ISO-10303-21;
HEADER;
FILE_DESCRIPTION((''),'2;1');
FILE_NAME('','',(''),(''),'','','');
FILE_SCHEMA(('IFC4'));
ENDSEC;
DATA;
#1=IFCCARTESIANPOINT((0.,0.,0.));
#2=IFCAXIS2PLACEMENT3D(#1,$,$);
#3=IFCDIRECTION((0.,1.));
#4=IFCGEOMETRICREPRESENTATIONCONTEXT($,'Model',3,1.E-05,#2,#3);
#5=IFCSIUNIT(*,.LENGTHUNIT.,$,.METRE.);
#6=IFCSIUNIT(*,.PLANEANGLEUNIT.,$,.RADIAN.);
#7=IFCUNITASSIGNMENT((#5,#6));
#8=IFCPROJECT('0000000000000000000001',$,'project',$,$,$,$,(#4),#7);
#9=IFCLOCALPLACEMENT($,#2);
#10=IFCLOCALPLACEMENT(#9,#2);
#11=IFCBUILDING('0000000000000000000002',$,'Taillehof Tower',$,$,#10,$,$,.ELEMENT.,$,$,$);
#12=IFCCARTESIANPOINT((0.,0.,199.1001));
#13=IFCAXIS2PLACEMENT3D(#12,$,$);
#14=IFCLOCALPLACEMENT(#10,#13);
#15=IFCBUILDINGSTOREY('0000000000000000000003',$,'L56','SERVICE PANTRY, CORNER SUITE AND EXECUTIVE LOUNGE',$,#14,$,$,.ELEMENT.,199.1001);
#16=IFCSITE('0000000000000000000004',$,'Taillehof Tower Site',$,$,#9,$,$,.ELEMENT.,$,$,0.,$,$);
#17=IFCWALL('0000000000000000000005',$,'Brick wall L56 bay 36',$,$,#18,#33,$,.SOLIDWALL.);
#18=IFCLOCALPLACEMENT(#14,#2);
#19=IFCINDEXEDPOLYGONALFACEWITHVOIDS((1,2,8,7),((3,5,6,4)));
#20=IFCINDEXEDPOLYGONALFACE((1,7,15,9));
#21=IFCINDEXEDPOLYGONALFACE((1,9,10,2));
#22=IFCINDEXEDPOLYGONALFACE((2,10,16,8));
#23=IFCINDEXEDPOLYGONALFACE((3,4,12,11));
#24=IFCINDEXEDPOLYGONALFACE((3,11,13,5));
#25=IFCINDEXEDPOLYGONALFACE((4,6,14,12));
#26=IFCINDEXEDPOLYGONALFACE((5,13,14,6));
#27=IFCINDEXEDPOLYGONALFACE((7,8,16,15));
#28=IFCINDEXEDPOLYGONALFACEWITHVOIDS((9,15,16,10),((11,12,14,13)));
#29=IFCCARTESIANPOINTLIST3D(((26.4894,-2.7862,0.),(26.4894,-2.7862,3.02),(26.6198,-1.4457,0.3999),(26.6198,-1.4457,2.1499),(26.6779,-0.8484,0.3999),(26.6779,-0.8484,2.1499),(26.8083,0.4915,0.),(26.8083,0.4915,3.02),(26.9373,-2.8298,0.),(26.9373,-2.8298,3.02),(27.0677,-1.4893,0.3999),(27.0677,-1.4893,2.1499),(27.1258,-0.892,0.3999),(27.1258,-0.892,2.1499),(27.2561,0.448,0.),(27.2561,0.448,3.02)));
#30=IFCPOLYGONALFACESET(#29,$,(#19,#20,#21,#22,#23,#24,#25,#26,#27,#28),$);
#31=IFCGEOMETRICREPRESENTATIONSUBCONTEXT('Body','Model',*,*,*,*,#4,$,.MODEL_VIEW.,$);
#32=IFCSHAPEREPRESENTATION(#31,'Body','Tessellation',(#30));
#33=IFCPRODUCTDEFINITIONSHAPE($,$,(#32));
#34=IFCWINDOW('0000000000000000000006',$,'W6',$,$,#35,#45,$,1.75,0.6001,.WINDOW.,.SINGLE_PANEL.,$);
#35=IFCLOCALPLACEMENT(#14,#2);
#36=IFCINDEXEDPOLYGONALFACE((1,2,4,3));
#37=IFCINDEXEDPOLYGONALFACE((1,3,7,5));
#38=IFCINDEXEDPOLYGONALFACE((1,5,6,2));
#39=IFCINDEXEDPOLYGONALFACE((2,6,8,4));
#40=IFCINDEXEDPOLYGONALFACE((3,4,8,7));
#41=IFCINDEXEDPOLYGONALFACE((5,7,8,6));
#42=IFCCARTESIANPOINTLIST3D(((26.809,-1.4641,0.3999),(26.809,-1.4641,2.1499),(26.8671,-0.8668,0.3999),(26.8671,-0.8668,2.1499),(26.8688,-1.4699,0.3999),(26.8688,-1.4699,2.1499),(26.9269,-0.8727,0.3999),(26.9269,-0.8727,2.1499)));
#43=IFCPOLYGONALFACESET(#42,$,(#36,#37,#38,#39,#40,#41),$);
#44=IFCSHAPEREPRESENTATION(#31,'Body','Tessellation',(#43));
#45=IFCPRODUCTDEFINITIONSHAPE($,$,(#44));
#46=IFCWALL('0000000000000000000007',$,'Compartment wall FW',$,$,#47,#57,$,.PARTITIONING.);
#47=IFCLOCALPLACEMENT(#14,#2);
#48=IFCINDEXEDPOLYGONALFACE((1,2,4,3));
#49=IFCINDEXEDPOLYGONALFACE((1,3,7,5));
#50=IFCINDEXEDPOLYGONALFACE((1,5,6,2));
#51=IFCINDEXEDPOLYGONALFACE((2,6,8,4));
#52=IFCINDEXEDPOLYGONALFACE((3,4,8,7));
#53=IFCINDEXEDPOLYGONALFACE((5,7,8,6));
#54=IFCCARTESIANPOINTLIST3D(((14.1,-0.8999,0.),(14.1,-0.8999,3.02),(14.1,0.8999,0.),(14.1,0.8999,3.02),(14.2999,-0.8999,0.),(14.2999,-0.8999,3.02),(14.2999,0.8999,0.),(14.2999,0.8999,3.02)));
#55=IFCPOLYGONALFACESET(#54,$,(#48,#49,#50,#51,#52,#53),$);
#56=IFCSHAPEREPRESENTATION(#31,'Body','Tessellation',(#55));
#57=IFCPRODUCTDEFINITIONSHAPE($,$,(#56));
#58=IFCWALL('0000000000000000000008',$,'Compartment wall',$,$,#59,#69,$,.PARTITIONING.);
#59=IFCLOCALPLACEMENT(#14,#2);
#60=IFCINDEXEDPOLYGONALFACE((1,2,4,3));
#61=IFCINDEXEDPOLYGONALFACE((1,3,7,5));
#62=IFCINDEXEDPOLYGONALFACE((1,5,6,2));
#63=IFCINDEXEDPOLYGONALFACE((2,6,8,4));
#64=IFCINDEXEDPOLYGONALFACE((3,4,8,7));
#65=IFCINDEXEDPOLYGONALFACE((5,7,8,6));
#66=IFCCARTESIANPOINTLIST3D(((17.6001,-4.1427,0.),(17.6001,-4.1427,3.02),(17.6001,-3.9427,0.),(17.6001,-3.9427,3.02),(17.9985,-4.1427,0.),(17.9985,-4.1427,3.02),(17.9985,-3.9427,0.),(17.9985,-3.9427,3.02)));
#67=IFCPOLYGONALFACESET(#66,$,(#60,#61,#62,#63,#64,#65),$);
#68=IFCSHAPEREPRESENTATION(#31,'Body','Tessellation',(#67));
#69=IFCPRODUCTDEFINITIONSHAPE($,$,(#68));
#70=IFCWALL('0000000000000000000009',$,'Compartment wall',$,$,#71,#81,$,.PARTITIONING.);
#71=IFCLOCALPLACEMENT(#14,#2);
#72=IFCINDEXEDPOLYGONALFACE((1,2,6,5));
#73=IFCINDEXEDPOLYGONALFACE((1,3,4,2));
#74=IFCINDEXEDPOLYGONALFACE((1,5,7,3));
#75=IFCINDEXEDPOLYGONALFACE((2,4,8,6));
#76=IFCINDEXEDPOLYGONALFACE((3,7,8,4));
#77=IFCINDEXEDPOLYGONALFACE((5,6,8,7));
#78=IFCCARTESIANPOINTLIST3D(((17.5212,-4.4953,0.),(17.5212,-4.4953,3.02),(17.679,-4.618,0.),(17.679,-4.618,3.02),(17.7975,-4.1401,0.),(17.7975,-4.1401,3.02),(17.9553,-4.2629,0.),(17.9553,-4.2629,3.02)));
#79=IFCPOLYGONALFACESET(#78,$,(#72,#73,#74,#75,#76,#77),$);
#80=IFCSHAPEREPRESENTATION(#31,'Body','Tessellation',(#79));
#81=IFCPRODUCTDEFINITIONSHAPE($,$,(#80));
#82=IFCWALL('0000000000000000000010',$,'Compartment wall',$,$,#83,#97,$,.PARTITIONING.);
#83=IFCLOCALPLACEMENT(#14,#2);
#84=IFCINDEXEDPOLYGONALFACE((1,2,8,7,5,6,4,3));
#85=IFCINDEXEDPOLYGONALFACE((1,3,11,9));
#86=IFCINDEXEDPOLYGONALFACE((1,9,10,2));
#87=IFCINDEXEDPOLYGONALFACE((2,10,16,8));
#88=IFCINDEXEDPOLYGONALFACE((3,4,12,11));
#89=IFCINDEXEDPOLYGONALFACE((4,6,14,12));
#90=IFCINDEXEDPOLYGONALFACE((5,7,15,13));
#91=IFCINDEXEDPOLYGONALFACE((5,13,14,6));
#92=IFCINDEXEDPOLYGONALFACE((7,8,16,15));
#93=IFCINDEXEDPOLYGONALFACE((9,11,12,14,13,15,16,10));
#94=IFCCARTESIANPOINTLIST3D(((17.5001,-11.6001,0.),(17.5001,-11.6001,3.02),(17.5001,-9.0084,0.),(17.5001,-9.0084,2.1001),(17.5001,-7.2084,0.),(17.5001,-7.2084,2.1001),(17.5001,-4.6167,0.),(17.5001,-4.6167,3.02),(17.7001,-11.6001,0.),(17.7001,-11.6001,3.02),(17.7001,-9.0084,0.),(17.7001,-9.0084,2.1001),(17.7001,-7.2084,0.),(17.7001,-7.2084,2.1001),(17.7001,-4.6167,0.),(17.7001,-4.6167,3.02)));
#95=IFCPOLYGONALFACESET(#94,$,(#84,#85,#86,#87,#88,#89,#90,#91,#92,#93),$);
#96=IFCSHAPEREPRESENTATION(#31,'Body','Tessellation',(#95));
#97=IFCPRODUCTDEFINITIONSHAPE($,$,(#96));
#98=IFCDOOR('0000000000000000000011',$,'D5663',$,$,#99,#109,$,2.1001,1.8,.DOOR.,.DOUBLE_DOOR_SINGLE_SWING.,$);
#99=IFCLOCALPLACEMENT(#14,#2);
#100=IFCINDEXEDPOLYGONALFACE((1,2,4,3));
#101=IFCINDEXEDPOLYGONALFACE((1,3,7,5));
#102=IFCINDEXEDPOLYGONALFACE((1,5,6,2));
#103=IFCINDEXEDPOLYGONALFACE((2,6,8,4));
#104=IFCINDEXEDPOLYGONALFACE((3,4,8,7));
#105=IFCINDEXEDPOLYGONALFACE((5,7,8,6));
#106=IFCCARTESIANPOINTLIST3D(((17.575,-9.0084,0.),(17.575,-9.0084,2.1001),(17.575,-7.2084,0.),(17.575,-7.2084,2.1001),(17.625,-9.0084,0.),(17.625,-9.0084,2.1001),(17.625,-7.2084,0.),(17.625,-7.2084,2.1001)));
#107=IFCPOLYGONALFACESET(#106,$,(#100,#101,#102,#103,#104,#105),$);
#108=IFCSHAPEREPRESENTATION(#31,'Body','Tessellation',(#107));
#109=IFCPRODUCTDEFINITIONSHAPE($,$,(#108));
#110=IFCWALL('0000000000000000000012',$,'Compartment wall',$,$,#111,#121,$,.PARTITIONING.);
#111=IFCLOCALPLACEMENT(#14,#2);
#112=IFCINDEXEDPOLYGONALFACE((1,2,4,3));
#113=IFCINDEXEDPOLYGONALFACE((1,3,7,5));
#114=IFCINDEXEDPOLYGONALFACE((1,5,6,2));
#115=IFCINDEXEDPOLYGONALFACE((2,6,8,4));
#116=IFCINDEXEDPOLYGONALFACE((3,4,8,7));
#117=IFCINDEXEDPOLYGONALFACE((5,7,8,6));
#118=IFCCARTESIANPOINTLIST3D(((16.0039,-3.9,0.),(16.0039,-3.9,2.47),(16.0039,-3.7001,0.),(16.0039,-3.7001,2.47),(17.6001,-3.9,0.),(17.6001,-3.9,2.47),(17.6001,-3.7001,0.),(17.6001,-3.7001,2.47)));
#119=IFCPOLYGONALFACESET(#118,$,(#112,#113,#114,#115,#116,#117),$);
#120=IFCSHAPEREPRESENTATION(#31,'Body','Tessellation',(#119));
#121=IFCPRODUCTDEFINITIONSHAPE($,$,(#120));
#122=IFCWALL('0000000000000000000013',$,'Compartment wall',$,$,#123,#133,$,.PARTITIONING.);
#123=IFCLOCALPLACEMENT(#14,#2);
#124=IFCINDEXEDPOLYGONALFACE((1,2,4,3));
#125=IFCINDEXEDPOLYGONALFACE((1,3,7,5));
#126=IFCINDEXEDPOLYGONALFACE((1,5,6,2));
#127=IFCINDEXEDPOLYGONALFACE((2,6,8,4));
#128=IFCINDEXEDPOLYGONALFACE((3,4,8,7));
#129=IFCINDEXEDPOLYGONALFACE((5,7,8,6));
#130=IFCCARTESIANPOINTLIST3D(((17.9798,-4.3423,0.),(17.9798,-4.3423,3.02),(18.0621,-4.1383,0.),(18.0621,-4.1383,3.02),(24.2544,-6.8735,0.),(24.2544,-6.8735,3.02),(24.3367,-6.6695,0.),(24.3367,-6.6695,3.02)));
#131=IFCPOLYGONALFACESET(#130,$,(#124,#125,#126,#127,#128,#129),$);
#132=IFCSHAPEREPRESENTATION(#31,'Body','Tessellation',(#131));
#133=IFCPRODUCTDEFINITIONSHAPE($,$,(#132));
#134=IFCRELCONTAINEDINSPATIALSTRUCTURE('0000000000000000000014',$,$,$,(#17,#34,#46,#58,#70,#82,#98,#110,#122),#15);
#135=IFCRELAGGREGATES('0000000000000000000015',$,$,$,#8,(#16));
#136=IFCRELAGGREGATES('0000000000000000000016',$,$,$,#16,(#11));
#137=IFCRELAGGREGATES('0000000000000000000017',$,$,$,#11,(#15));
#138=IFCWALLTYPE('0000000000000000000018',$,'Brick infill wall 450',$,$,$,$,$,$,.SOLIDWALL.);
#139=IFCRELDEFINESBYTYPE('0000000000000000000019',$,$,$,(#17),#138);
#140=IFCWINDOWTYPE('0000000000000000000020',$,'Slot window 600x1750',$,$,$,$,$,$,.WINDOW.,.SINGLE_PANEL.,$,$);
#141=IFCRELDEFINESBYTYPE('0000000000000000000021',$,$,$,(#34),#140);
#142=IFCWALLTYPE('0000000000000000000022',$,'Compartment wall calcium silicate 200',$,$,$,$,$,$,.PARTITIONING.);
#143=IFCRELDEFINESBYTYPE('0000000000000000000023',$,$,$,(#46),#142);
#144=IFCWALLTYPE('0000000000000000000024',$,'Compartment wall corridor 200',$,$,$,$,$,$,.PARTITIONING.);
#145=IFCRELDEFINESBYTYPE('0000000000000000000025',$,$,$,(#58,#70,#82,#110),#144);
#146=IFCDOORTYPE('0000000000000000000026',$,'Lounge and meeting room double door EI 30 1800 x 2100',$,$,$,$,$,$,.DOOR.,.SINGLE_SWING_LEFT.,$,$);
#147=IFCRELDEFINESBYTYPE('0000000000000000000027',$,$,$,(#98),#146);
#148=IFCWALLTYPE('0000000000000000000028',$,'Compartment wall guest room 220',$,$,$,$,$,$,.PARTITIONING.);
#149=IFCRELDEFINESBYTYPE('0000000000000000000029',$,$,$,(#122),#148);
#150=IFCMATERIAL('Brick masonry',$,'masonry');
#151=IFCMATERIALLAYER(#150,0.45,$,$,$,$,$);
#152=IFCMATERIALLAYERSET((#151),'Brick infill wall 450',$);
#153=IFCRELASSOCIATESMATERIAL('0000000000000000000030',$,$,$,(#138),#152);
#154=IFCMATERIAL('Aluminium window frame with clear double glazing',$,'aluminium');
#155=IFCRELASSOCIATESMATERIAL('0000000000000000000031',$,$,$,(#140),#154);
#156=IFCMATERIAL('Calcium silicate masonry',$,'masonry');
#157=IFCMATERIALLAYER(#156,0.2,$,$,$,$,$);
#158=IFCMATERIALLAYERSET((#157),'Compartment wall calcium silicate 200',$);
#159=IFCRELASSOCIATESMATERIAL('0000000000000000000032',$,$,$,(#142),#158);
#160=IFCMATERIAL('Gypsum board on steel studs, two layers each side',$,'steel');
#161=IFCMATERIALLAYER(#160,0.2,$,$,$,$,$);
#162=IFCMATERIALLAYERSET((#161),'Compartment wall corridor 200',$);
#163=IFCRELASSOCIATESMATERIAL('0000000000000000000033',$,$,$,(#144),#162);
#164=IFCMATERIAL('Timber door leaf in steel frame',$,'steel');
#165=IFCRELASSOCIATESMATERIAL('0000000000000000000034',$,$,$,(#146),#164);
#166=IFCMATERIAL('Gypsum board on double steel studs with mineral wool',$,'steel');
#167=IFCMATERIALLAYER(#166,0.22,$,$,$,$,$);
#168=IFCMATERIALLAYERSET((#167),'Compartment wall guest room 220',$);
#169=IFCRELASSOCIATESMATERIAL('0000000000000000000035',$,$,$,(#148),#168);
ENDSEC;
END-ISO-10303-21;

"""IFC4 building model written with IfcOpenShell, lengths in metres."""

from ifc_helpers import new_model, si_unit, direction, frame, frame_2d, origin, place, context, subcontext, project, spatial, rectangle, extrude, material, layer, layer_set, type_object, element, fill, save


model = new_model("IFC4")

# Units and contexts
model_context = context("Model", 3, precision=1e-05, world=origin(), true_north=direction((0.0, 1.0)))
body_context = subcontext(model_context, "Body", "Model", "MODEL_VIEW")
ifc_project = project(units=[si_unit("LENGTHUNIT", "METRE"), si_unit("PLANEANGLEUNIT", "RADIAN")], contexts=[model_context])

# Site, building, storey
site_placement = place(None, origin())
site = spatial("IfcSite", under=ifc_project, at=site_placement, Name="Taillehof Tower Site", CompositionType="ELEMENT", RefElevation=0.0)
building_placement = place(site_placement, origin())
building = spatial("IfcBuilding", under=site, at=building_placement, Name="Taillehof Tower", CompositionType="ELEMENT")
storey_placement = place(building_placement, frame((0.0, 0.0, 199.1001)))
storey = spatial("IfcBuildingStorey", under=building, at=storey_placement, Name="L56", Description="SERVICE PANTRY, CORNER SUITE AND EXECUTIVE LOUNGE", CompositionType="ELEMENT", Elevation=199.1001)

# Shared definitions
ifc_material_1 = material(Name="Brick masonry", Category="masonry")
ifc_layer_1 = layer(ifc_material_1, 0.45)
ifc_layer_set_1 = layer_set([ifc_layer_1], Name="Brick infill wall 450")
wall_type_1 = type_object("IfcWallType", Name="Brick infill wall 450", PredefinedType="SOLIDWALL", material=ifc_layer_set_1)
ifc_material_2 = material(Name="Aluminium window frame with clear double glazing", Category="aluminium")
window_type = type_object("IfcWindowType", Name="Slot window 600x1750", PartitioningType="SINGLE_PANEL", PredefinedType="WINDOW", material=ifc_material_2)

# Wall, opening, window
wall_1_placement = place(storey_placement, frame((26.7134, -2.8079, 0.0), z_axis=(0.0, 0.0, 1.0), x_axis=(0.096817, 0.995302, 0.0)))
wall_1 = element("IfcWall", 1, at=wall_1_placement, inside=storey, type_object=wall_type_1, Name="Brick wall L56 bay 36", PredefinedType="SOLIDWALL", context=body_context, shape_type="SweptSolid", body=[
    extrude(rectangle(XDim=3.2932, YDim=0.45, at=frame_2d((1.6465, 0.0))), origin(), (0.0, 0.0, 1.0), 3.02),
])
opening_1_placement = place(wall_1_placement, frame((1.3467, 0.0, 0.3999)))
opening_1 = element("IfcOpeningElement", 2, at=opening_1_placement, cuts=wall_1, PredefinedType="OPENING", context=body_context, shape_type="SweptSolid", body=[
    extrude(rectangle(XDim=0.6001, YDim=1.75, at=frame_2d((0.3, 0.875))), frame((0.0, 0.2349, 0.0), z_axis=(0.0, -1.0, 0.0), x_axis=(1.0, 0.0, 0.0)), (0.0, 0.0, 1.0), 0.47),
])
window_1_placement = place(opening_1_placement, origin())
window_1 = element("IfcWindow", 3, at=window_1_placement, inside=storey, type_object=window_type, Name="W6", OverallHeight=1.75, OverallWidth=0.6001, PartitioningType="SINGLE_PANEL", PredefinedType="WINDOW", context=body_context, shape_type="SweptSolid", body=[
    extrude(rectangle(XDim=0.6001, YDim=1.75, at=frame_2d((0.3, 0.875))), frame((0.0, 0.0349, 0.0), z_axis=(0.0, -1.0, 0.0), x_axis=(1.0, 0.0, 0.0)), (0.0, 0.0, 1.0), 0.0601),
])
fill(opening_1, window_1)

# Walls
ifc_material_3 = material(Name="Calcium silicate masonry", Category="masonry")
ifc_layer_2 = layer(ifc_material_3, 0.2)
ifc_layer_set_2 = layer_set([ifc_layer_2], Name="Compartment wall calcium silicate 200")
wall_type_2 = type_object("IfcWallType", Name="Compartment wall calcium silicate 200", PredefinedType="PARTITIONING", material=ifc_layer_set_2)
wall_2_placement = place(storey_placement, frame((14.2, -0.8999, 0.0), z_axis=(0.0, 0.0, 1.0), x_axis=(0.0, 1.0, 0.0)))
element("IfcWall", 4, at=wall_2_placement, inside=storey, type_object=wall_type_2, Name="Compartment wall FW", PredefinedType="PARTITIONING", context=body_context, shape_type="SweptSolid", body=[
    extrude(rectangle(XDim=1.7998, YDim=0.2, at=frame_2d((0.8999, 0.0))), origin(), (0.0, 0.0, 1.0), 3.02),
])
ifc_material_4 = material(Name="Gypsum board on steel studs, two layers each side", Category="steel")
ifc_layer_3 = layer(ifc_material_4, 0.2)
ifc_layer_set_3 = layer_set([ifc_layer_3], Name="Compartment wall corridor 200")
wall_type_3 = type_object("IfcWallType", Name="Compartment wall corridor 200", PredefinedType="PARTITIONING", material=ifc_layer_set_3)
wall_3_placement = place(storey_placement, frame((17.6001, -4.0427, 0.0), z_axis=(0.0, 0.0, 1.0), x_axis=(1.0, 0.0, 0.0)))
element("IfcWall", 5, at=wall_3_placement, inside=storey, type_object=wall_type_3, Name="Compartment wall", PredefinedType="PARTITIONING", context=body_context, shape_type="SweptSolid", body=[
    extrude(rectangle(XDim=0.3984, YDim=0.2, at=frame_2d((0.1992, 0.0))), origin(), (0.0, 0.0, 1.0), 3.02),
])
wall_4_placement = place(storey_placement, frame((17.8765, -4.2014, 0.0), z_axis=(0.0, 0.0, 1.0), x_axis=(-0.614053, -0.789265, 0.0)))
element("IfcWall", 6, at=wall_4_placement, inside=storey, type_object=wall_type_3, Name="Compartment wall", PredefinedType="PARTITIONING", context=body_context, shape_type="SweptSolid", body=[
    extrude(rectangle(XDim=0.45, YDim=0.2, at=frame_2d((0.2251, 0.0))), origin(), (0.0, 0.0, 1.0), 3.02),
])

# Wall, opening, door
wall_5_placement = place(storey_placement, frame((17.6001, -4.6167, 0.0), z_axis=(0.0, 0.0, 1.0), x_axis=(0.0, -1.0, 0.0)))
wall_5 = element("IfcWall", 7, at=wall_5_placement, inside=storey, type_object=wall_type_3, Name="Compartment wall", PredefinedType="PARTITIONING", context=body_context, shape_type="SweptSolid", body=[
    extrude(rectangle(XDim=6.9834, YDim=0.2, at=frame_2d((3.4917, 0.0))), origin(), (0.0, 0.0, 1.0), 3.02),
])
opening_2_placement = place(wall_5_placement, frame((2.5918, 0.0, 0.0)))
opening_2 = element("IfcOpeningElement", 8, at=opening_2_placement, cuts=wall_5, PredefinedType="OPENING", context=body_context, shape_type="SweptSolid", body=[
    extrude(rectangle(XDim=1.8, YDim=2.1001, at=frame_2d((0.8999, 1.05))), frame((0.0, 0.1099, 0.0), z_axis=(0.0, -1.0, 0.0), x_axis=(1.0, 0.0, 0.0)), (0.0, 0.0, 1.0), 0.22),
])
ifc_material_5 = material(Name="Timber door leaf in steel frame", Category="steel")
door_type_1 = type_object("IfcDoorType", Name="Lounge and meeting room double door EI 30 1800 x 2100", OperationType="SINGLE_SWING_LEFT", PredefinedType="DOOR", material=ifc_material_5)
door_1_placement = place(opening_2_placement, origin())
door_1 = element("IfcDoor", 9, at=door_1_placement, inside=storey, type_object=door_type_1, Name="D5663", OperationType="DOUBLE_DOOR_SINGLE_SWING", OverallHeight=2.1001, OverallWidth=1.8, PredefinedType="DOOR", context=body_context, shape_type="SweptSolid", body=[
    extrude(rectangle(XDim=1.8, YDim=2.1001, at=frame_2d((0.8999, 1.05))), frame((0.0, 0.0249, 0.0), z_axis=(0.0, -1.0, 0.0), x_axis=(1.0, 0.0, 0.0)), (0.0, 0.0, 1.0), 0.05),
])
fill(opening_2, door_1)

# Walls
wall_6_placement = place(storey_placement, frame((16.0039, -3.8, 0.0), z_axis=(0.0, 0.0, 1.0), x_axis=(1.0, 0.0, 0.0)))
element("IfcWall", 10, at=wall_6_placement, inside=storey, type_object=wall_type_3, Name="Compartment wall", PredefinedType="PARTITIONING", context=body_context, shape_type="SweptSolid", body=[
    extrude(rectangle(XDim=1.5962, YDim=0.2, at=frame_2d((0.7981, 0.0))), origin(), (0.0, 0.0, 1.0), 2.47),
])
ifc_material_6 = material(Name="Gypsum board on double steel studs with mineral wool", Category="steel")
ifc_layer_4 = layer(ifc_material_6, 0.22)
ifc_layer_set_4 = layer_set([ifc_layer_4], Name="Compartment wall guest room 220")
wall_type_4 = type_object("IfcWallType", Name="Compartment wall guest room 220", PredefinedType="PARTITIONING", material=ifc_layer_set_4)
wall_7_placement = place(storey_placement, frame((24.2954, -6.7715, 0.0), z_axis=(0.0, 0.0, 1.0), x_axis=(-0.927383, 0.374114, 0.0)))
element("IfcWall", 11, at=wall_7_placement, inside=storey, type_object=wall_type_4, Name="Compartment wall", PredefinedType="PARTITIONING", context=body_context, shape_type="SweptSolid", body=[
    extrude(rectangle(XDim=6.7659, YDim=0.22, at=frame_2d((3.3828, 0.0))), origin(), (0.0, 0.0, 1.0), 3.02),
])

save(model, "model.ifc")
